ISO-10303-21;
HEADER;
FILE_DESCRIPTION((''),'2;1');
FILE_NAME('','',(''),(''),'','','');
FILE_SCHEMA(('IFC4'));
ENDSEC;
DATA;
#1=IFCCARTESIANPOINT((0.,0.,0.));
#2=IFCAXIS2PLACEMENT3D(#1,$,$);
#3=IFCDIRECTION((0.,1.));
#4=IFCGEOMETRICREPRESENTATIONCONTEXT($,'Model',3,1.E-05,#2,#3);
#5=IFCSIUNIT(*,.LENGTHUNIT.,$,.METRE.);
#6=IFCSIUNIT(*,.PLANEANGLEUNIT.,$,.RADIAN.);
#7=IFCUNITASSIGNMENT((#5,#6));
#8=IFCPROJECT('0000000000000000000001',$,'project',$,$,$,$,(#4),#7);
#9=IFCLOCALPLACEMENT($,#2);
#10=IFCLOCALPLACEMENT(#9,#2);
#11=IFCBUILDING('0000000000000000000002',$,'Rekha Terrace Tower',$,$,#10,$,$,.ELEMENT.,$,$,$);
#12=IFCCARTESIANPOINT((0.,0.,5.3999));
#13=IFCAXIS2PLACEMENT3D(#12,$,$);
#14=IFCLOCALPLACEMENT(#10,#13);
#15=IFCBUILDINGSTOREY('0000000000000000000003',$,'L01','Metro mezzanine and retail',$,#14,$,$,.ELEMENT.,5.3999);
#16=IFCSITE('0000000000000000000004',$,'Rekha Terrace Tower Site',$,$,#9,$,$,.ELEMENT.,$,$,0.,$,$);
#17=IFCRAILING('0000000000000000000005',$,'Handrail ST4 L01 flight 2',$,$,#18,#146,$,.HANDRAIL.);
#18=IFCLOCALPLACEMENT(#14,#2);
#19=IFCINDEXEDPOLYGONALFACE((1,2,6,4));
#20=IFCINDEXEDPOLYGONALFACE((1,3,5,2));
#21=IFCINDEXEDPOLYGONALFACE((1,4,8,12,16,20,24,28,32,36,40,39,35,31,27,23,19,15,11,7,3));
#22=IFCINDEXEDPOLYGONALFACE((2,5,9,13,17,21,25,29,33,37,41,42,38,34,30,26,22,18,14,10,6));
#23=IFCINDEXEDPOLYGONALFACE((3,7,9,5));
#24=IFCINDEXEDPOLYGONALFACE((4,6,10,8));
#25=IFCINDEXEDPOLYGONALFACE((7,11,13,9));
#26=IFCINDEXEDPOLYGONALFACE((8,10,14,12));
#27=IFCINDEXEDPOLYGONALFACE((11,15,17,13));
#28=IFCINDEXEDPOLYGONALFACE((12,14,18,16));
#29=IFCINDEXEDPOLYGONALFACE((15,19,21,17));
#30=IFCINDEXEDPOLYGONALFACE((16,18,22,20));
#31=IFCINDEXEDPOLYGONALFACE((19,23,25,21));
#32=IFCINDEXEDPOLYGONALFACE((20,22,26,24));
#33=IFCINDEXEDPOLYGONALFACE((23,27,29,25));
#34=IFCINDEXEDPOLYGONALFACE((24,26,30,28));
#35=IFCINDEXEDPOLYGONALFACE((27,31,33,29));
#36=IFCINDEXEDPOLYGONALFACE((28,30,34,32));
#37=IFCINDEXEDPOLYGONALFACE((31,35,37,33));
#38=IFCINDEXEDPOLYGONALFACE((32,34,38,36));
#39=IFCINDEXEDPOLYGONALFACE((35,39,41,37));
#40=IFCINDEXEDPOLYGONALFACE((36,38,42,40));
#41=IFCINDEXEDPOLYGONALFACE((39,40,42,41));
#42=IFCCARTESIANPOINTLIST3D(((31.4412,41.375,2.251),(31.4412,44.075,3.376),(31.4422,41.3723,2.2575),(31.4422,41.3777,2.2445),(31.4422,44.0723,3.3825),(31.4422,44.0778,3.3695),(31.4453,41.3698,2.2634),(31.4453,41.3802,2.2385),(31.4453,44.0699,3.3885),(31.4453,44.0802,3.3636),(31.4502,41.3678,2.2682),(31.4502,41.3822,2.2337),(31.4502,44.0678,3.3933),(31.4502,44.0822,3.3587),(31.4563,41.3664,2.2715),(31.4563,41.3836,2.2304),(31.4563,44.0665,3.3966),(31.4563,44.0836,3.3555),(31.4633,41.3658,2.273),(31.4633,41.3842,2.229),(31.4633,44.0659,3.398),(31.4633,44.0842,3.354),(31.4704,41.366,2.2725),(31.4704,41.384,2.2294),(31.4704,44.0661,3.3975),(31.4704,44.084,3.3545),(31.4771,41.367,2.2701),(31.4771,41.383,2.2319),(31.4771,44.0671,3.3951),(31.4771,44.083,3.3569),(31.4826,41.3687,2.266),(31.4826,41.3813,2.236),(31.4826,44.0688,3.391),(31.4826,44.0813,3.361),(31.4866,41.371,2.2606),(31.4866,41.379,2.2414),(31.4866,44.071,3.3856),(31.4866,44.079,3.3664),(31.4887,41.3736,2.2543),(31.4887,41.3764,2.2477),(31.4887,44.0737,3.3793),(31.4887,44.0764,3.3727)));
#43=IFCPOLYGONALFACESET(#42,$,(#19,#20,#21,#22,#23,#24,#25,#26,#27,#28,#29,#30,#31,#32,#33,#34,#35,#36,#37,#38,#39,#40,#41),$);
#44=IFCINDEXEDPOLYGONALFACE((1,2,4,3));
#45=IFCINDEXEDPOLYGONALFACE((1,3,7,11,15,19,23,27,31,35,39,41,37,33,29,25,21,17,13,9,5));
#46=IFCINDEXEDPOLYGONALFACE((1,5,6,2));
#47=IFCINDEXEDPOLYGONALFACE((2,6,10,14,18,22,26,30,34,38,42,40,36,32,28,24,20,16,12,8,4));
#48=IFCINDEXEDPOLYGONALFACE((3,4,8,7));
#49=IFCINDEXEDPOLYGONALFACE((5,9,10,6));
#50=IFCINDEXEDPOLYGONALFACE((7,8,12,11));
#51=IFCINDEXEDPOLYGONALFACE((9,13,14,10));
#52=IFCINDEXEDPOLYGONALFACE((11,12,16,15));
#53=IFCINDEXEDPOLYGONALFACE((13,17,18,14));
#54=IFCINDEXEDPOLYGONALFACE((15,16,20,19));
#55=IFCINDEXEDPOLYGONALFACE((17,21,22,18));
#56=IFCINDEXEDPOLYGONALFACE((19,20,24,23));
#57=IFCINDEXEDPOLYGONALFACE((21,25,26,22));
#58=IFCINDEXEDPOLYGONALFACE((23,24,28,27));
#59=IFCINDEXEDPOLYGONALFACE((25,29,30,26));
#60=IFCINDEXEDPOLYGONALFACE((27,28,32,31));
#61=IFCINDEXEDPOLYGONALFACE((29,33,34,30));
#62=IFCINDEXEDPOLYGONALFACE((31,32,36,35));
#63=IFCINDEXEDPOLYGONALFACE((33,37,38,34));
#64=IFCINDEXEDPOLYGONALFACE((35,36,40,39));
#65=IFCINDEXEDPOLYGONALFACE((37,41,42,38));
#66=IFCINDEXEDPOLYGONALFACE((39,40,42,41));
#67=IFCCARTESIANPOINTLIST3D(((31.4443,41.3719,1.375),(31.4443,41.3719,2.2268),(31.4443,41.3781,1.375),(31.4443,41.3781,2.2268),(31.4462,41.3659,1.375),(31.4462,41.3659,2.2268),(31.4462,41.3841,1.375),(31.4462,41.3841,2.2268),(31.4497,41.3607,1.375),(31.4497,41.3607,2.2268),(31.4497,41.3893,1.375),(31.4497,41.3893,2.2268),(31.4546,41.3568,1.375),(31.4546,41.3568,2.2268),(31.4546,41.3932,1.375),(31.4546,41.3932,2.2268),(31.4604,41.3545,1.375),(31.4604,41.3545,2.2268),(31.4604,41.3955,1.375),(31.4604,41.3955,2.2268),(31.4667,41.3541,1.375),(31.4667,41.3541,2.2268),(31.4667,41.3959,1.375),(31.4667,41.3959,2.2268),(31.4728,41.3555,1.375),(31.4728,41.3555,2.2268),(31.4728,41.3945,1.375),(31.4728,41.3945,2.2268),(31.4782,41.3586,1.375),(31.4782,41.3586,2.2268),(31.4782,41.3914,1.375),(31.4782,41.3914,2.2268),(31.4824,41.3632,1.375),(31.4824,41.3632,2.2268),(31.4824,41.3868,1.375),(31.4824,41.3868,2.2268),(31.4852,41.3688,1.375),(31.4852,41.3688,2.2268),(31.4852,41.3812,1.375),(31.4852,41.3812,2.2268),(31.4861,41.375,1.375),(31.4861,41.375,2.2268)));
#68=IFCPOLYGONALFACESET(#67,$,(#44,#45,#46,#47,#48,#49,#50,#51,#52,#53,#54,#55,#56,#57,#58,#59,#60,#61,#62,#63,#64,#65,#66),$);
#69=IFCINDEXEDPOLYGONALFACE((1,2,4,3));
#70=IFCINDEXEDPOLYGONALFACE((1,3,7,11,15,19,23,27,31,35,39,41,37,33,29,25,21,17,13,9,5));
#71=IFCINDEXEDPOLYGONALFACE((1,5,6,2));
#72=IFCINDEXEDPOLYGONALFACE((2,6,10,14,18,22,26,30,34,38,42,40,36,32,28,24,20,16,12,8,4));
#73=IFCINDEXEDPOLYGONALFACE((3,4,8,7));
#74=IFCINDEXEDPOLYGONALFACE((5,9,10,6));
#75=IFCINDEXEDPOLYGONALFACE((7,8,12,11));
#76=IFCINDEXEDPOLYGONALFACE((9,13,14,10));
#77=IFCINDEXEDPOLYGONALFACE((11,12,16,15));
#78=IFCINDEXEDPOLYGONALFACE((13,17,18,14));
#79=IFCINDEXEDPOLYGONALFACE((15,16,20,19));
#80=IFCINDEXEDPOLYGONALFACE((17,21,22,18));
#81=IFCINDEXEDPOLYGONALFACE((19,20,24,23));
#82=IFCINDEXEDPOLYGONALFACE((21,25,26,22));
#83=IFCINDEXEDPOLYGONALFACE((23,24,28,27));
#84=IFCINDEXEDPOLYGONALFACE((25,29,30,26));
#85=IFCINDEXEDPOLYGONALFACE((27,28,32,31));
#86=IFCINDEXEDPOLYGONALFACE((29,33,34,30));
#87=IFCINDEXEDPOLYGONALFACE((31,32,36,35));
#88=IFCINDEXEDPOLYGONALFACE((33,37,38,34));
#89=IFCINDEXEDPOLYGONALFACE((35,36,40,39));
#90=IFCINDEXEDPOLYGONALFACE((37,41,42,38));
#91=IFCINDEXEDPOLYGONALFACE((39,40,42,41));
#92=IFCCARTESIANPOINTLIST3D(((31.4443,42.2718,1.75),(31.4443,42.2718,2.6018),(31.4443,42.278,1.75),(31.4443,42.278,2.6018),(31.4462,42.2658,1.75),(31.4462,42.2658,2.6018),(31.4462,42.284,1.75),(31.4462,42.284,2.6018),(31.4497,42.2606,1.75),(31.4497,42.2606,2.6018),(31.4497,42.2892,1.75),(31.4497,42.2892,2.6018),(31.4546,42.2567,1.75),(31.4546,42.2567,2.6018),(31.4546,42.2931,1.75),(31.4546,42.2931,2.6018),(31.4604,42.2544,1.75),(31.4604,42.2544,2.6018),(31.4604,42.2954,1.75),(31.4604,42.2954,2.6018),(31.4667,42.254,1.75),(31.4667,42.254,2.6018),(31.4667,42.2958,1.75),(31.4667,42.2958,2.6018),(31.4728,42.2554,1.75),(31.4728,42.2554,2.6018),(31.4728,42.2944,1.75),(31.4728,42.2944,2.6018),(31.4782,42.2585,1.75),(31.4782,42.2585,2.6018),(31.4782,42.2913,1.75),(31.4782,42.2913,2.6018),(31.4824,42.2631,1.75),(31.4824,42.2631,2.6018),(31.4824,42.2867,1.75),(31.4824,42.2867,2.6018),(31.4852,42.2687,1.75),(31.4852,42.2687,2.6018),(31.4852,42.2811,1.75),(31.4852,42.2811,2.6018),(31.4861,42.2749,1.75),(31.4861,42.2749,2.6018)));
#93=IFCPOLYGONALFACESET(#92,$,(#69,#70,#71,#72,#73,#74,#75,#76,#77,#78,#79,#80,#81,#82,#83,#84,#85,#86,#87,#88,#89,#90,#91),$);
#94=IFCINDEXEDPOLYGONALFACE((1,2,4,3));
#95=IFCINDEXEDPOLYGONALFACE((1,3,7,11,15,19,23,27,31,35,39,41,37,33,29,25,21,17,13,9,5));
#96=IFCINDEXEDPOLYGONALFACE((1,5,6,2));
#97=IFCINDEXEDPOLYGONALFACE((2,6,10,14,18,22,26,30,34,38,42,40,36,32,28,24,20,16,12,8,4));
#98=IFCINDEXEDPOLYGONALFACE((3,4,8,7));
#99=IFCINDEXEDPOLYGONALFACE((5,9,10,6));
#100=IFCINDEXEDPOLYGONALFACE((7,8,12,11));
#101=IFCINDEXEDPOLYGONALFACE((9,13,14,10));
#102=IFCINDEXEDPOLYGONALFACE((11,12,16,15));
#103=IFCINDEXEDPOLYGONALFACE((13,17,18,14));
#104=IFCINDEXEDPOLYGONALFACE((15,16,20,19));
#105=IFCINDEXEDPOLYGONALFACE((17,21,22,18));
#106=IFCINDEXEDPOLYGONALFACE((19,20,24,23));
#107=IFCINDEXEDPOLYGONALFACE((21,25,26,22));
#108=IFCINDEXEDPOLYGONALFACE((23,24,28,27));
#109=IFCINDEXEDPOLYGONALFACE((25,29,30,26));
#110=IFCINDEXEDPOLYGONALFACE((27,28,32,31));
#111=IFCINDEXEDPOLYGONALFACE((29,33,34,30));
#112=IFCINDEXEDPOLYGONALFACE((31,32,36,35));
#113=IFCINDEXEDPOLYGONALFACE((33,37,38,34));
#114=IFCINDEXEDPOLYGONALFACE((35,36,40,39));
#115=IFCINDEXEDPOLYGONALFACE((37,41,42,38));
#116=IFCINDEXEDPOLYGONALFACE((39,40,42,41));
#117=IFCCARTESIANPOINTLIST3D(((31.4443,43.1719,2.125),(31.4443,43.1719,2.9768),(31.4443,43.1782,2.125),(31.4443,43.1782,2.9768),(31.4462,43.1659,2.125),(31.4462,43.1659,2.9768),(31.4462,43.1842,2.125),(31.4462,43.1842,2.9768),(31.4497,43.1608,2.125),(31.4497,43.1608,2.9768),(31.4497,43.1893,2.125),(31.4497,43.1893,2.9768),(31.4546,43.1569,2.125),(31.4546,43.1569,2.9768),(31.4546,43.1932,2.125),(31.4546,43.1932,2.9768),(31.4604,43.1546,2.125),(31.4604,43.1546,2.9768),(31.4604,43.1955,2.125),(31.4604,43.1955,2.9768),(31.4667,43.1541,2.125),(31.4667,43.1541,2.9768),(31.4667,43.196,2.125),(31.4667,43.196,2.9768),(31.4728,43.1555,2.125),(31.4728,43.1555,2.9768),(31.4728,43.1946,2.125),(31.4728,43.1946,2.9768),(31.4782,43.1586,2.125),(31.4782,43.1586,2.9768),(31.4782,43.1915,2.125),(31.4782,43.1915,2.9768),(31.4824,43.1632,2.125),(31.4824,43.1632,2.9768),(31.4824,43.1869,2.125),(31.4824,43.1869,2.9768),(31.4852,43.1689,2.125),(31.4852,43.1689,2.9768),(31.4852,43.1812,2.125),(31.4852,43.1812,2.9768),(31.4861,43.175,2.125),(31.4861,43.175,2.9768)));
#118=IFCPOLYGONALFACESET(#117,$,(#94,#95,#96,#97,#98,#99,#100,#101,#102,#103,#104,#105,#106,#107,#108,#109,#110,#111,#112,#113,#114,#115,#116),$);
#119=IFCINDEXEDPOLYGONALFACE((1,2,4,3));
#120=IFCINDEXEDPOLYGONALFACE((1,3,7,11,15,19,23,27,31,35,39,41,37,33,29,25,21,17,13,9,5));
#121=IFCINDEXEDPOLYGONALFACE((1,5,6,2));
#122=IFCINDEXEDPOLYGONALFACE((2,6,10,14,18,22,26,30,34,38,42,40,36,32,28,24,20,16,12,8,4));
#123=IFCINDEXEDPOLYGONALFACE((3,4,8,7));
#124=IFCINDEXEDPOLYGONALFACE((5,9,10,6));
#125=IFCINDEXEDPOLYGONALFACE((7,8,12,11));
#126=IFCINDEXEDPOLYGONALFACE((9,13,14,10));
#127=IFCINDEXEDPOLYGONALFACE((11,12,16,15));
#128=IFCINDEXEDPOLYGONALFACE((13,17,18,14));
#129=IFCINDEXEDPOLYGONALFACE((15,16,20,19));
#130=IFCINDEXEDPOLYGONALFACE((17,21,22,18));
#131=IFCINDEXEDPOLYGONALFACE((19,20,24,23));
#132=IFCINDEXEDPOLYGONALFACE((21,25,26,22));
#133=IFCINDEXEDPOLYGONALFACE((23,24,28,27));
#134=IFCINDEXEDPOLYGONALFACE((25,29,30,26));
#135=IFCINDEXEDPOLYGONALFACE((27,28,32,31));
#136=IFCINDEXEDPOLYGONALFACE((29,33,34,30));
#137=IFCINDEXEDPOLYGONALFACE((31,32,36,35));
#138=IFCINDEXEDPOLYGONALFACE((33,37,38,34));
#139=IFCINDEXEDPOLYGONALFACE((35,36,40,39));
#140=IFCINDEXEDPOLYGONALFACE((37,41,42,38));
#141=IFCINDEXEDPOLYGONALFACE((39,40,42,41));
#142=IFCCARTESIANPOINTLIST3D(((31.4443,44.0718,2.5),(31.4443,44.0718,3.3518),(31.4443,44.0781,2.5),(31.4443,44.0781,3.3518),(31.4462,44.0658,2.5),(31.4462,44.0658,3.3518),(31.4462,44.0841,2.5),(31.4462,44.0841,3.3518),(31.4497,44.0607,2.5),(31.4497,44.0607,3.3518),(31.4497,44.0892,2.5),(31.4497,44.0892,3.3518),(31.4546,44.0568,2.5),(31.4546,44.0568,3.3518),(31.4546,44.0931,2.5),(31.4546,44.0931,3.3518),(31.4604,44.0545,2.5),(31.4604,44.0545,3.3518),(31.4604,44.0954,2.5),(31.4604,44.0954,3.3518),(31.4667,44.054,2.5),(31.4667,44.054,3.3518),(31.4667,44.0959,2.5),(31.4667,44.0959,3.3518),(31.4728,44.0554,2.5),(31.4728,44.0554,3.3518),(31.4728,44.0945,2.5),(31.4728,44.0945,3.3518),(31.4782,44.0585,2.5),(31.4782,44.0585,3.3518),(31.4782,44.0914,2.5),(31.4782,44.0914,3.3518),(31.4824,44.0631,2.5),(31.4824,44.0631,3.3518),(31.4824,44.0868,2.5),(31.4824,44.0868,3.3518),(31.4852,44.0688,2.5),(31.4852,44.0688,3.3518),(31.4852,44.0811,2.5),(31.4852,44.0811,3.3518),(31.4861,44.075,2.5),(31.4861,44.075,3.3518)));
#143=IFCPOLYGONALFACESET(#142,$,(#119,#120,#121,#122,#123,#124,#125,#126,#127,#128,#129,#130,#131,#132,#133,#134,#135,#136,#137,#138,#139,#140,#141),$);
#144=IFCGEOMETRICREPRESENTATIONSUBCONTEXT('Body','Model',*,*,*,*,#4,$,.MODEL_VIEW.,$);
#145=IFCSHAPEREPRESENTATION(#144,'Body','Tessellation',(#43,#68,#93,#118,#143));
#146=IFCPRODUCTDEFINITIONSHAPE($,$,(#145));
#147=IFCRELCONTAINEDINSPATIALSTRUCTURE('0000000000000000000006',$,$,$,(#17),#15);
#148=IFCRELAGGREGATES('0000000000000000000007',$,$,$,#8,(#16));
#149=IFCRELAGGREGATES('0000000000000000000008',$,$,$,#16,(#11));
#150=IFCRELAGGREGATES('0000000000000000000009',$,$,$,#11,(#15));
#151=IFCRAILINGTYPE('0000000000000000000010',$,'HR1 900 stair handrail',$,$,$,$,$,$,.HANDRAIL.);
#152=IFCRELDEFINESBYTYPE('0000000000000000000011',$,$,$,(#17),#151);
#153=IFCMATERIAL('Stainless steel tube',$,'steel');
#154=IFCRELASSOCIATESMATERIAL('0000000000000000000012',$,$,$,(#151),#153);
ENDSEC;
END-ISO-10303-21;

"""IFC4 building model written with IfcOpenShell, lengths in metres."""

from ifc_helpers import new_model, si_unit, direction, frame, origin, origin_2d, place, context, subcontext, project, spatial, circle, extrude, material, type_object, element, save


model = new_model("IFC4")

# Units and contexts
model_context = context("Model", 3, precision=1e-05, world=origin(), true_north=direction((0.0, 1.0)))
body_context = subcontext(model_context, "Body", "Model", "MODEL_VIEW")
ifc_project = project(units=[si_unit("LENGTHUNIT", "METRE"), si_unit("PLANEANGLEUNIT", "RADIAN")], contexts=[model_context])

# Site, building, storey
site_placement = place(None, origin())
site = spatial("IfcSite", under=ifc_project, at=site_placement, Name="Rekha Terrace Tower Site", CompositionType="ELEMENT", RefElevation=0.0)
building_placement = place(site_placement, origin())
building = spatial("IfcBuilding", under=site, at=building_placement, Name="Rekha Terrace Tower", CompositionType="ELEMENT")
storey_placement = place(building_placement, frame((0.0, 0.0, 5.3999)))
storey = spatial("IfcBuildingStorey", under=building, at=storey_placement, Name="L01", Description="Metro mezzanine and retail", CompositionType="ELEMENT", Elevation=5.3999)

# Railing
ifc_material_1 = material(Name="Stainless steel tube", Category="steel")
railing_type_1 = type_object("IfcRailingType", Name="HR1 900 stair handrail", PredefinedType="HANDRAIL", material=ifc_material_1)
railing_1_placement = place(storey_placement, frame((31.4651, 41.375, 1.375)))
element("IfcRailing", 1, at=railing_1_placement, inside=storey, type_object=railing_type_1, Name="Handrail ST4 L01 flight 2", PredefinedType="HANDRAIL", context=body_context, shape_type="SweptSolid", body=[
    extrude(circle(Radius=0.0239, at=origin_2d()), frame((0.0, 0.0, 0.876), z_axis=(0.0, 0.923074, 0.384621), x_axis=(-1.0, 0.0, 0.0)), (0.0, 0.0, 1.0), 2.925),
    extrude(circle(Radius=0.021, at=origin_2d()), origin(), (0.0, 0.0, 1.0), 0.8518),
    extrude(circle(Radius=0.021, at=origin_2d()), frame((0.0, 0.8999, 0.375)), (0.0, 0.0, 1.0), 0.8518),
    extrude(circle(Radius=0.021, at=origin_2d()), frame((0.0, 1.8, 0.75)), (0.0, 0.0, 1.0), 0.8518),
    extrude(circle(Radius=0.021, at=origin_2d()), frame((0.0, 2.7, 1.125)), (0.0, 0.0, 1.0), 0.8518),
])

save(model, "model.ifc")
